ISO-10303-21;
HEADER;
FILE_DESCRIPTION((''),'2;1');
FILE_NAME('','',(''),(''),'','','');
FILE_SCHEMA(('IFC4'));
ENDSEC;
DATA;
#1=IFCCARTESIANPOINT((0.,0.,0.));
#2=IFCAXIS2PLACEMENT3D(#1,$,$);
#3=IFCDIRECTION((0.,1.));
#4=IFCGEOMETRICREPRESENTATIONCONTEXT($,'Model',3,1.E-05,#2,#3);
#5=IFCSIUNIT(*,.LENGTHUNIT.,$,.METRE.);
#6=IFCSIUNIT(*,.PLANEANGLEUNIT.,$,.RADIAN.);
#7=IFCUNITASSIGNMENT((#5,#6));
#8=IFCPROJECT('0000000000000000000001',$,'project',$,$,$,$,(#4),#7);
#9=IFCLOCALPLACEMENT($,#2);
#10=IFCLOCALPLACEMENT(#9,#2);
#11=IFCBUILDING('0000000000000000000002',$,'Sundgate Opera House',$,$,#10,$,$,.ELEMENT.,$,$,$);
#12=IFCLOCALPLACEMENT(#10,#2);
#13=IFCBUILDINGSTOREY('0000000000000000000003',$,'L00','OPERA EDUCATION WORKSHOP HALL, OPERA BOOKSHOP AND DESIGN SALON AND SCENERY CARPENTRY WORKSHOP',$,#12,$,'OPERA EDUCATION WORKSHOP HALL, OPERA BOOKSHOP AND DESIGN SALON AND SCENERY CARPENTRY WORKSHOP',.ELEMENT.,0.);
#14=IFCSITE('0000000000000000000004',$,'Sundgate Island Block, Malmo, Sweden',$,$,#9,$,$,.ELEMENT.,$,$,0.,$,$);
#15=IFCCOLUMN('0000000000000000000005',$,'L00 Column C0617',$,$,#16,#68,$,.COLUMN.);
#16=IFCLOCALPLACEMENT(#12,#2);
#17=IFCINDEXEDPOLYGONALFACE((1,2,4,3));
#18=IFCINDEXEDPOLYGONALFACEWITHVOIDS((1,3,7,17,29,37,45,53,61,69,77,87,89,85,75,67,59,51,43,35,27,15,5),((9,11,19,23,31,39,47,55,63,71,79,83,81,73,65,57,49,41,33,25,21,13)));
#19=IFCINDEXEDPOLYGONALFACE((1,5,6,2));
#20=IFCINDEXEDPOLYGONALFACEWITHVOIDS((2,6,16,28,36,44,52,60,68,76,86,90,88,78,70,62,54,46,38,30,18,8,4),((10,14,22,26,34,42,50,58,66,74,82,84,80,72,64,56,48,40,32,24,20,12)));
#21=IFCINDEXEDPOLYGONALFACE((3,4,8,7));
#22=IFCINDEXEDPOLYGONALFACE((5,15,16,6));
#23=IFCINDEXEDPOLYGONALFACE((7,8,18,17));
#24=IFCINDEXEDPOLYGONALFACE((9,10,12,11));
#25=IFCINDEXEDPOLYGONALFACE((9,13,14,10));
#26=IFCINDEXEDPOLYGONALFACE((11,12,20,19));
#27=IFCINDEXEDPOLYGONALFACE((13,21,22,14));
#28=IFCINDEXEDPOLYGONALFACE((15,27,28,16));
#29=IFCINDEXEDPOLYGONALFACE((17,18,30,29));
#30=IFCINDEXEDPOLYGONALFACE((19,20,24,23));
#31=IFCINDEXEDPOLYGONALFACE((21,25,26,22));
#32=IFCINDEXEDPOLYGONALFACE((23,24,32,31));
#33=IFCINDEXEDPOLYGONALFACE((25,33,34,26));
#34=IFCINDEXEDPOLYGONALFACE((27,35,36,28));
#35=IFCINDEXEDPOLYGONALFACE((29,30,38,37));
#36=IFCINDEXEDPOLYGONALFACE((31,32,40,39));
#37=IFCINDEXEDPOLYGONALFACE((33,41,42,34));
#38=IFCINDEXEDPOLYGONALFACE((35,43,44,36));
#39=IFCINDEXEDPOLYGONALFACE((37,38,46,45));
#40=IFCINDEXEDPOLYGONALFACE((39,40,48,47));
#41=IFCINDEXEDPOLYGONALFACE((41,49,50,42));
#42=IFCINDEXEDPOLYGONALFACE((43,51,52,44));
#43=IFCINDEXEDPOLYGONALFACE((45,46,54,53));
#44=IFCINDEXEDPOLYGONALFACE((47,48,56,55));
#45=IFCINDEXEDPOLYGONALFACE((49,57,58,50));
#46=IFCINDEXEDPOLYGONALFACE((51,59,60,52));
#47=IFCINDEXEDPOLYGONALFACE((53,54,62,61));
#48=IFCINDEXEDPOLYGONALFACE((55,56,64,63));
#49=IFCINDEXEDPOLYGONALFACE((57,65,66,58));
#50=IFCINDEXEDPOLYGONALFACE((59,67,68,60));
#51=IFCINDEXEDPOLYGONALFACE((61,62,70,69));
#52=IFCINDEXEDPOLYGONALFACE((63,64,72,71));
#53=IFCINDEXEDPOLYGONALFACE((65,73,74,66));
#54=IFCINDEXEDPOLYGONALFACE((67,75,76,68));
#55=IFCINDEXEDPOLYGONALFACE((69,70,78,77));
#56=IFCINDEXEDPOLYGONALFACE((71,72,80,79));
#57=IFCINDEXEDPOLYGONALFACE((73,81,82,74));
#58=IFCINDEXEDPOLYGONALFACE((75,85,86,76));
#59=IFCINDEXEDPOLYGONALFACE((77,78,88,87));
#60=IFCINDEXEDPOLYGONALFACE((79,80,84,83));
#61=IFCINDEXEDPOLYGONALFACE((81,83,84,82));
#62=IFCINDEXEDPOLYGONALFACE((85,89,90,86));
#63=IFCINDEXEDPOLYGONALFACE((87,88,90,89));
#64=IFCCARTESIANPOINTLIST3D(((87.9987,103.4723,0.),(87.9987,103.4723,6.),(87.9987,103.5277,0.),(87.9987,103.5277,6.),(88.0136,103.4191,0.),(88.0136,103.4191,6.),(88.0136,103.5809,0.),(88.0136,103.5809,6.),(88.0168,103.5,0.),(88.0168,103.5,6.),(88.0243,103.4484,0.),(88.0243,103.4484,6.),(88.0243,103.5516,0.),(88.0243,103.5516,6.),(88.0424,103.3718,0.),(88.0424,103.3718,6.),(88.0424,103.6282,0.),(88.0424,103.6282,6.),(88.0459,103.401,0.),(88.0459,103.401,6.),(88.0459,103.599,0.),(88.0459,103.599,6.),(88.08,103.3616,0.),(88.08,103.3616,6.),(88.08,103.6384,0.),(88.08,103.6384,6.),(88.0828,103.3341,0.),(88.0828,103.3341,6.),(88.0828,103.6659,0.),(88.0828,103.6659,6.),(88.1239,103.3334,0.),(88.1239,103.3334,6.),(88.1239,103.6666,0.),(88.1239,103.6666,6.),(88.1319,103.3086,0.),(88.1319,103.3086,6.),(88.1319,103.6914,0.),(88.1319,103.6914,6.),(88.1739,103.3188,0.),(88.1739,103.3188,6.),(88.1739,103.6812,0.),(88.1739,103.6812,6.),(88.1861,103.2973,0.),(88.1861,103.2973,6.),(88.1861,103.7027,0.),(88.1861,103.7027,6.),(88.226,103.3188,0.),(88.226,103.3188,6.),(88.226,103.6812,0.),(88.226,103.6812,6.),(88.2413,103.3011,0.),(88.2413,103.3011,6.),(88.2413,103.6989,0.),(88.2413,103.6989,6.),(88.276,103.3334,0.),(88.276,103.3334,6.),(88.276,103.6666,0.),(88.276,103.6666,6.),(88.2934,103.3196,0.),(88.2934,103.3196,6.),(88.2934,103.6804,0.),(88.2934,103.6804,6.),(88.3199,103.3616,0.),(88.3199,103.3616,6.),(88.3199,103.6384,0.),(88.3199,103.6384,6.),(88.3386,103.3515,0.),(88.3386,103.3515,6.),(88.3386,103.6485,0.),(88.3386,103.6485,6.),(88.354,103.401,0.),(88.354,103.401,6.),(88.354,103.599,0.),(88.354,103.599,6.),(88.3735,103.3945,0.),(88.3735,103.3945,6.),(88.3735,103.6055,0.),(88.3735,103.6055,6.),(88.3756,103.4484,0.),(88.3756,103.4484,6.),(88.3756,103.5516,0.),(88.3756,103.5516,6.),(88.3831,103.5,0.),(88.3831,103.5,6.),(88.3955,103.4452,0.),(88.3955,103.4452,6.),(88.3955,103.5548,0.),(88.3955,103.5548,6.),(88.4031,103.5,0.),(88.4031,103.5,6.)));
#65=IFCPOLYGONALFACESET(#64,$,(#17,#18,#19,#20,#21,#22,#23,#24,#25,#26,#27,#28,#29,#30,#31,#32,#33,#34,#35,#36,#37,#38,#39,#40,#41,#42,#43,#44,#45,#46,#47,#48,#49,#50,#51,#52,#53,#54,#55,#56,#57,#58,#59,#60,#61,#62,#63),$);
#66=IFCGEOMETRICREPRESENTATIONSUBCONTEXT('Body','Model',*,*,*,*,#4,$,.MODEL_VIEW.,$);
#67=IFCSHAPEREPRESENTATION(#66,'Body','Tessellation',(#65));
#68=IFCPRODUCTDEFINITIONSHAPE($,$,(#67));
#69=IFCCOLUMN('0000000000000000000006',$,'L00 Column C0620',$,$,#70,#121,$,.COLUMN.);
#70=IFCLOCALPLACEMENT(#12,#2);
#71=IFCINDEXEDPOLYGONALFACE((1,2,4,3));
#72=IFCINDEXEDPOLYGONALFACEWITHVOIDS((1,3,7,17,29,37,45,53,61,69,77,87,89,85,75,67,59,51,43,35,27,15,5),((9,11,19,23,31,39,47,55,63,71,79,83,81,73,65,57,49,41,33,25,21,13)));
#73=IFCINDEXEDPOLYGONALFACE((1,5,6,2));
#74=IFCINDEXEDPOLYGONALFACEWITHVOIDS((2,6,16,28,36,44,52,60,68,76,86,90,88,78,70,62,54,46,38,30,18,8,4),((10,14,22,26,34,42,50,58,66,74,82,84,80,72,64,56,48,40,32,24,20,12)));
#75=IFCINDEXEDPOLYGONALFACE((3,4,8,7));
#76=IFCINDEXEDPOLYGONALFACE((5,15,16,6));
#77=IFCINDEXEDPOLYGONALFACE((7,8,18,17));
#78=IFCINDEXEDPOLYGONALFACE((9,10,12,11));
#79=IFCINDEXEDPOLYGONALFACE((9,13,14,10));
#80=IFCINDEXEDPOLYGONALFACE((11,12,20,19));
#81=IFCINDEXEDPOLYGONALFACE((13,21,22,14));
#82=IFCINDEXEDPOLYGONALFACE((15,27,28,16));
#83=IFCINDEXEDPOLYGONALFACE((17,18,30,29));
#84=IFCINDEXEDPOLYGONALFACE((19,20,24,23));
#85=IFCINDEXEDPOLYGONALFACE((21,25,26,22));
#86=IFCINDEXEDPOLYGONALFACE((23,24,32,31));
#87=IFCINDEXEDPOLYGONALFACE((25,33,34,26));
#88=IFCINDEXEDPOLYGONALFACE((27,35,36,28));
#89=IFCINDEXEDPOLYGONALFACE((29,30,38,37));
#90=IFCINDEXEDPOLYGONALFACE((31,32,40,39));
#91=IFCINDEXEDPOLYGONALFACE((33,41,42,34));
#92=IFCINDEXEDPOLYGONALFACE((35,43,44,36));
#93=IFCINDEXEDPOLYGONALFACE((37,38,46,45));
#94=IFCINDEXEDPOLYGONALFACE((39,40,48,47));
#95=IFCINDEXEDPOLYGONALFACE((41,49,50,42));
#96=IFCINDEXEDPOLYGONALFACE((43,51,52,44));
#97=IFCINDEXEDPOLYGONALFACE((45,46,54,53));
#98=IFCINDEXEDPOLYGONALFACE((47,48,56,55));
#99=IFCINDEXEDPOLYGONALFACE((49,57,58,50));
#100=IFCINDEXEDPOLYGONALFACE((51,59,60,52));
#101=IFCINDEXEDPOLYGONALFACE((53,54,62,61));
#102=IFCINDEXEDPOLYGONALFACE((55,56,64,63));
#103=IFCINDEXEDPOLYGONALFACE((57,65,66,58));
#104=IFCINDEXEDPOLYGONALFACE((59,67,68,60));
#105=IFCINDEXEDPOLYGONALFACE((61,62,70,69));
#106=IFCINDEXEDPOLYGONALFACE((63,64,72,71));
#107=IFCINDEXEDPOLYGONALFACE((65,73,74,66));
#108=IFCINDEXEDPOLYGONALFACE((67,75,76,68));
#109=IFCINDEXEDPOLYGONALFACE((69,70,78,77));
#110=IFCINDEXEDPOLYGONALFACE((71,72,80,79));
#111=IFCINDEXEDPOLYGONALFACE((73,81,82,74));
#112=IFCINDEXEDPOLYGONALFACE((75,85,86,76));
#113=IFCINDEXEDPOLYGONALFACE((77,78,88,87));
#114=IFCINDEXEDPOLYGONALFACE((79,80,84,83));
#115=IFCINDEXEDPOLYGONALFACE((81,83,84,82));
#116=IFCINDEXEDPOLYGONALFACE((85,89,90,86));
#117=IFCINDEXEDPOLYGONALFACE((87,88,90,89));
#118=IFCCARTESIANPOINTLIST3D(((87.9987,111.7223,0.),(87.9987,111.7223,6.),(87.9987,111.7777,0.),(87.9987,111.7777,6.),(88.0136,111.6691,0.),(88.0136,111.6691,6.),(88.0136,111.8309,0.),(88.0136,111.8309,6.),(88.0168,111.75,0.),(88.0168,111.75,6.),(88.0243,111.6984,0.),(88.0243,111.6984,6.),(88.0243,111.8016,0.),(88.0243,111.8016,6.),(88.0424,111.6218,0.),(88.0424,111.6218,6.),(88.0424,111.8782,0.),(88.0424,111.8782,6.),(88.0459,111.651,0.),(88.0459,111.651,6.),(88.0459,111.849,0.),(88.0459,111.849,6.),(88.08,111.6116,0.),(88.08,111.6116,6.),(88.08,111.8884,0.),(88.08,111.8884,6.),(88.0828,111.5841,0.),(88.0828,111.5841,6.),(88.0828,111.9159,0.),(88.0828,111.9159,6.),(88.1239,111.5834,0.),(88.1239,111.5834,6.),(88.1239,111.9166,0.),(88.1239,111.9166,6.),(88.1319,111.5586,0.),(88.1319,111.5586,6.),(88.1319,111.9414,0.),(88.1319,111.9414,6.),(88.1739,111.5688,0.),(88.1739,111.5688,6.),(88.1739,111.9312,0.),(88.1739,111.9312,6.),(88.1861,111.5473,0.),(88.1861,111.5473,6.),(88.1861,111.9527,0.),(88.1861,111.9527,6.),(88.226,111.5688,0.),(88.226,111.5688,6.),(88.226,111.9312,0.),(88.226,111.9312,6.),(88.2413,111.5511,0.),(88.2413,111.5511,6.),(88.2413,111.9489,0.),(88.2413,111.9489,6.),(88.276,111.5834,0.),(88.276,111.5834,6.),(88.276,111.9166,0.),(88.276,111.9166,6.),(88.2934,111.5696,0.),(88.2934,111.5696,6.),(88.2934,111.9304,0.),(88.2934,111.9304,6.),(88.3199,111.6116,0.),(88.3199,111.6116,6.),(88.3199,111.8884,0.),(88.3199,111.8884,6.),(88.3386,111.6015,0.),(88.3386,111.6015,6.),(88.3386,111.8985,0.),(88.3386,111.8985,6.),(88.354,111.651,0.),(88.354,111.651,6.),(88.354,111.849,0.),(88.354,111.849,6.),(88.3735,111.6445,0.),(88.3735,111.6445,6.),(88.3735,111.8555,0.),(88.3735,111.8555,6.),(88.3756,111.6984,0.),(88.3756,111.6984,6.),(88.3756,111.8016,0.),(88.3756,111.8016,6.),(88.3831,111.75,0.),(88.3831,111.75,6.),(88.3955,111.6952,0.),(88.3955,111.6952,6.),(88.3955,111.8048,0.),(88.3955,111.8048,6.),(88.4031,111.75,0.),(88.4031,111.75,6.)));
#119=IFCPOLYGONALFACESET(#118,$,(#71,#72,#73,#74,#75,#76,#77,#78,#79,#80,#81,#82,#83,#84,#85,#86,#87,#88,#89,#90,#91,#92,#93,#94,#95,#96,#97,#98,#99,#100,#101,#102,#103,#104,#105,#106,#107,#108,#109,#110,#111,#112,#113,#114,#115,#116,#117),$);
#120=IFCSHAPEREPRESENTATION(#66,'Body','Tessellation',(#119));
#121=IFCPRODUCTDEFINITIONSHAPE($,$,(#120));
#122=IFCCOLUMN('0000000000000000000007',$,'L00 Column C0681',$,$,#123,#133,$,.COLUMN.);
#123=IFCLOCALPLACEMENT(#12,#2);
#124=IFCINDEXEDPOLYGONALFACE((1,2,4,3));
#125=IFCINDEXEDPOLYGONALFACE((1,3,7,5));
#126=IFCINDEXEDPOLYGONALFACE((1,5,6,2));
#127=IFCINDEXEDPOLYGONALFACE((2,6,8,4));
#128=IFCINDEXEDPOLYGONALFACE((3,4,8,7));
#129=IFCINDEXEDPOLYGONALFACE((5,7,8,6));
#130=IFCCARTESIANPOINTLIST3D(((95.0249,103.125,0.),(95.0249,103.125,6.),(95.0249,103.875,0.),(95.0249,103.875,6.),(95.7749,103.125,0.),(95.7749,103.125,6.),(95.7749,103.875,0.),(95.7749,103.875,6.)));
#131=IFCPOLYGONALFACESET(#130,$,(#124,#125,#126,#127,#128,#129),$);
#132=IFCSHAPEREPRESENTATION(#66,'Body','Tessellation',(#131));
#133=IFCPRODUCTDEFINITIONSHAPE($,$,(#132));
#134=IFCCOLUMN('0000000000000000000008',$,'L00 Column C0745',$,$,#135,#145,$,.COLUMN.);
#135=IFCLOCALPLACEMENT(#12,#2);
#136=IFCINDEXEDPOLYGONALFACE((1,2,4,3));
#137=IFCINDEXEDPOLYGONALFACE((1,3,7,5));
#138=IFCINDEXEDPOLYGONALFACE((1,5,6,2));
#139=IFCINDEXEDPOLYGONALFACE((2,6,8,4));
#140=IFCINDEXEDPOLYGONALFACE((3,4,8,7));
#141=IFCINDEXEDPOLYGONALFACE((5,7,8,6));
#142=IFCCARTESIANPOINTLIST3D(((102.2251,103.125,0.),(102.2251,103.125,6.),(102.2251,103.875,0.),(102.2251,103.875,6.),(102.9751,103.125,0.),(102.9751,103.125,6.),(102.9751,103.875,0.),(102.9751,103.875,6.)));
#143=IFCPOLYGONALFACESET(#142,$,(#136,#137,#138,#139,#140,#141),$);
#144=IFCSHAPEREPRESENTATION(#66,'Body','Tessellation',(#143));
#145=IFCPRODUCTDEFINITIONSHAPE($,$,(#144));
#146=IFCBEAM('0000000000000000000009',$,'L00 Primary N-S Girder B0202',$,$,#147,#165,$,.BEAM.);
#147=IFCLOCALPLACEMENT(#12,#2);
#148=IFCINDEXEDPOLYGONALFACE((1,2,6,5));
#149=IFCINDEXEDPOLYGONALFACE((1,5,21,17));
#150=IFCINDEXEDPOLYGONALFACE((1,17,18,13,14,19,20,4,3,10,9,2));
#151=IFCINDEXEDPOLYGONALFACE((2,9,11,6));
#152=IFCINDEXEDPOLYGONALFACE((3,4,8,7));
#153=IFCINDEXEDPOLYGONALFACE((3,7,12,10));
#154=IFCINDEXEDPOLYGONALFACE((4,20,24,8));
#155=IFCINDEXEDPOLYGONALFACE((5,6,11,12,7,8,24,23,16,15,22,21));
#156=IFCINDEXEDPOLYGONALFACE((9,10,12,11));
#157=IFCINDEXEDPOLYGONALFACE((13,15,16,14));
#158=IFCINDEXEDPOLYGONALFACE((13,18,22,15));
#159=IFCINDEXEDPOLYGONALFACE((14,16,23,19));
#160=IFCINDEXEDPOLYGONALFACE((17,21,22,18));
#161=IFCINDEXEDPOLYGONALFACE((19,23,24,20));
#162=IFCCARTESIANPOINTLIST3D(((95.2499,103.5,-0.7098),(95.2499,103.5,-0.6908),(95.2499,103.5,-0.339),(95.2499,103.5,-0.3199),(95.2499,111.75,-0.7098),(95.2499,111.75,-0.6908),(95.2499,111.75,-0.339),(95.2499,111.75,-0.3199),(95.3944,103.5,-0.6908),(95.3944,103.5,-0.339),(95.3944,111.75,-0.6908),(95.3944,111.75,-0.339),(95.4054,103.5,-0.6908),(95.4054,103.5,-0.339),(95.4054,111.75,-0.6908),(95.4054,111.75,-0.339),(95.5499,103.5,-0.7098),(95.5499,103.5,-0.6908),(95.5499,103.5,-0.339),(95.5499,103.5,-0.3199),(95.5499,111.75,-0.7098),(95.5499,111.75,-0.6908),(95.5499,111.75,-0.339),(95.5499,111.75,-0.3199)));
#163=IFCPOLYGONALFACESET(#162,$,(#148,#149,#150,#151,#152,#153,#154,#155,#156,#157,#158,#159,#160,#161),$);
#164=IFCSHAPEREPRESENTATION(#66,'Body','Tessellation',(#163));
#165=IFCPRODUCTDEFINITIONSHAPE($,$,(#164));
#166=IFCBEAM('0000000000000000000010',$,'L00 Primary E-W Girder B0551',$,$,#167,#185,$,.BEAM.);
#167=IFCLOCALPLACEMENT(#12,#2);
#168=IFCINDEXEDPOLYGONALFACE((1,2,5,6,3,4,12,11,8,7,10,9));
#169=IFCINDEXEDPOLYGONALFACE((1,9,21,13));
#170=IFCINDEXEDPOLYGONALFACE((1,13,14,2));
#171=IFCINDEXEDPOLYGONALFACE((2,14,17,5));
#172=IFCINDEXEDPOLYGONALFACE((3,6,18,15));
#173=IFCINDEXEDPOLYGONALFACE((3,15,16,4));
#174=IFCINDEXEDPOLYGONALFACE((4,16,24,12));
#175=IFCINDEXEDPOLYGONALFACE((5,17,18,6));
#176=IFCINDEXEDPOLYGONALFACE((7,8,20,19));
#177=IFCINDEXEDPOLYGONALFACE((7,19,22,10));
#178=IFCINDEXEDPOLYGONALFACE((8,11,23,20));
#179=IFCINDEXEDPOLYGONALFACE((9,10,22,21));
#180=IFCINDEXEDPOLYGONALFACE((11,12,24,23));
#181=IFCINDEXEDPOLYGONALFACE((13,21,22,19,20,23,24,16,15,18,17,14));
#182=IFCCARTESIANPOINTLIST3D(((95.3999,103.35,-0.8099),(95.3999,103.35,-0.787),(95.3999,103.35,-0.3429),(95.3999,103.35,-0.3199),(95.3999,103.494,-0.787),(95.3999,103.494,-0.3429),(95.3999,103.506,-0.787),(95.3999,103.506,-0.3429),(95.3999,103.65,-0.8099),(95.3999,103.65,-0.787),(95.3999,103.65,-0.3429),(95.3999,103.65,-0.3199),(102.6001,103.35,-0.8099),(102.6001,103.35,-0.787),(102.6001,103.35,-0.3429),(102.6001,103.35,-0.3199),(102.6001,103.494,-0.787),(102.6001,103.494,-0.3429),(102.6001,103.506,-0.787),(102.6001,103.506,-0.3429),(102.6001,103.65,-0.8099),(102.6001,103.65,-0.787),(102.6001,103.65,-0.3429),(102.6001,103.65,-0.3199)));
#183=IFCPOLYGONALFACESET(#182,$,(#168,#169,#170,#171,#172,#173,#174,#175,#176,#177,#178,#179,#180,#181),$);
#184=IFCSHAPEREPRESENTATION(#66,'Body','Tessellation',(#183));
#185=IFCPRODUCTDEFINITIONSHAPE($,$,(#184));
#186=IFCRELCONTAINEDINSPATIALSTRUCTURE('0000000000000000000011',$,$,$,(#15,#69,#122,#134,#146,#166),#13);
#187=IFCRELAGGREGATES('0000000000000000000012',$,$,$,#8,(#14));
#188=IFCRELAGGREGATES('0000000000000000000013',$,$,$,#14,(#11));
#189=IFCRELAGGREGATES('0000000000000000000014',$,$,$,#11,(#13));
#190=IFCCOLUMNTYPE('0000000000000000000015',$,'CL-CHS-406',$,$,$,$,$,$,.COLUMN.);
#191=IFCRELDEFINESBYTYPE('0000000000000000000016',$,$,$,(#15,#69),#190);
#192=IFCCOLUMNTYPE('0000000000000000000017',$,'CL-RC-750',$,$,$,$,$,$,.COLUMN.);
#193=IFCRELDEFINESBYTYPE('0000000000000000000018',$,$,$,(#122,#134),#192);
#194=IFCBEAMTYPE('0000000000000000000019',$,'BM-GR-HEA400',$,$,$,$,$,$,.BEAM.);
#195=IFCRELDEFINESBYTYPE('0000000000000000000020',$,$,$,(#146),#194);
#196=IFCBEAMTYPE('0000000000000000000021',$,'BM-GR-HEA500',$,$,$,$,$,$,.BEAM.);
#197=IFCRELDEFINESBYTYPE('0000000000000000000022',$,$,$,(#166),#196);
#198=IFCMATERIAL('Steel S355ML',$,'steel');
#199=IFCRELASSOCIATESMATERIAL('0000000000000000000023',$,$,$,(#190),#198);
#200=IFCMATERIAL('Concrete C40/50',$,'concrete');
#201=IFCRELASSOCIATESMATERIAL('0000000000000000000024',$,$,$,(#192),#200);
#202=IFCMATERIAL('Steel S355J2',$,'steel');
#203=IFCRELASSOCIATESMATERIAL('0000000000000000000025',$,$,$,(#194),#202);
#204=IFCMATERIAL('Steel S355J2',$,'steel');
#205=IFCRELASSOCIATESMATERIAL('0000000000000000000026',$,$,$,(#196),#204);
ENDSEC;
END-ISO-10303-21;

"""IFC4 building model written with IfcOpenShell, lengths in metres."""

from ifc_helpers import new_model, si_unit, direction, frame, origin, origin_2d, place, context, subcontext, project, spatial, rectangle, hollow_circle, i_section, extrude, material, material_profile, profile_set, type_object, element, save


model = new_model("IFC4")

# Units and contexts
model_context = context("Model", 3, precision=1e-05, world=origin(), true_north=direction((0.0, 1.0)))
body_context = subcontext(model_context, "Body", "Model", "MODEL_VIEW")
ifc_project = project(units=[si_unit("LENGTHUNIT", "METRE"), si_unit("PLANEANGLEUNIT", "RADIAN")], contexts=[model_context])

# Site, building, storey
site_placement = place(None, origin())
site = spatial("IfcSite", under=ifc_project, at=site_placement, Name="Sundgate Island Block, Malmo, Sweden", CompositionType="ELEMENT", RefElevation=0.0)
building_placement = place(site_placement, origin())
building = spatial("IfcBuilding", under=site, at=building_placement, Name="Sundgate Opera House", CompositionType="ELEMENT")
storey_placement = place(building_placement, origin())
storey = spatial("IfcBuildingStorey", under=building, at=storey_placement, Name="L00", Description="OPERA EDUCATION WORKSHOP HALL, OPERA BOOKSHOP AND DESIGN SALON AND SCENERY CARPENTRY WORKSHOP", LongName="OPERA EDUCATION WORKSHOP HALL, OPERA BOOKSHOP AND DESIGN SALON AND SCENERY CARPENTRY WORKSHOP", CompositionType="ELEMENT", Elevation=0.0)

# Columns
ifc_material_1 = material(Name="Steel S355ML", Category="steel")
ifc_material_profile_1 = material_profile(ifc_material_1, hollow_circle(Radius=0.2031, WallThickness=0.02, at=origin_2d()), Name="CHS 406.4x20.0")
ifc_profile_set_1 = profile_set([ifc_material_profile_1], Name="Steel S355ML")
column_type_1 = type_object("IfcColumnType", Name="CL-CHS-406", PredefinedType="COLUMN", material=ifc_profile_set_1)
for number, where, z_axis, x_axis, name in (
    (1, (88.2, 103.5, 0.0), (0.0, 0.0, 1.0), (1.0, 0.0, 0.0), "L00 Column C0617"),
    (2, (88.2, 111.75, 0.0), (0.0, 0.0, 1.0), (1.0, 0.0, 0.0), "L00 Column C0620"),
):
    element("IfcColumn", number, at=place(storey_placement, frame(where, z_axis=z_axis, x_axis=x_axis)), inside=storey, type_object=column_type_1, Name=name, PredefinedType="COLUMN", context=body_context, shape_type="SweptSolid", body=[
        extrude(hollow_circle(Radius=0.2031, WallThickness=0.02, at=origin_2d()), origin(), (0.0, 0.0, 1.0), 6.0),
    ])
ifc_material_2 = material(Name="Concrete C40/50", Category="concrete")
ifc_material_profile_2 = material_profile(ifc_material_2, rectangle(XDim=0.75, YDim=0.75, at=origin_2d()), Name="RC 750x750")
ifc_profile_set_2 = profile_set([ifc_material_profile_2], Name="Concrete C40/50")
column_type_2 = type_object("IfcColumnType", Name="CL-RC-750", PredefinedType="COLUMN", material=ifc_profile_set_2)
for number, where, z_axis, x_axis, name in (
    (3, (95.3999, 103.5, 0.0), (0.0, 0.0, 1.0), (1.0, 0.0, 0.0), "L00 Column C0681"),
    (4, (102.6001, 103.5, 0.0), (0.0, 0.0, 1.0), (1.0, 0.0, 0.0), "L00 Column C0745"),
):
    element("IfcColumn", number, at=place(storey_placement, frame(where, z_axis=z_axis, x_axis=x_axis)), inside=storey, type_object=column_type_2, Name=name, PredefinedType="COLUMN", context=body_context, shape_type="SweptSolid", body=[
        extrude(rectangle(XDim=0.75, YDim=0.75, at=origin_2d()), origin(), (0.0, 0.0, 1.0), 6.0),
    ])

# Beams
ifc_material_3 = material(Name="Steel S355J2", Category="steel")
ifc_material_profile_3 = material_profile(ifc_material_3, i_section(OverallWidth=0.3, OverallDepth=0.3899, WebThickness=0.011, FlangeThickness=0.019, at=origin_2d()), Name="HEA 400")
ifc_profile_set_3 = profile_set([ifc_material_profile_3], Name="Steel S355J2")
beam_type_1 = type_object("IfcBeamType", Name="BM-GR-HEA400", PredefinedType="BEAM", material=ifc_profile_set_3)
beam_1_placement = place(storey_placement, frame((95.3999, 103.5, -0.5149), z_axis=(0.0, 1.0, 0.0), x_axis=(-1.0, 0.0, 0.0)))
element("IfcBeam", 5, at=beam_1_placement, inside=storey, type_object=beam_type_1, Name="L00 Primary N-S Girder B0202", PredefinedType="BEAM", context=body_context, shape_type="SweptSolid", body=[
    extrude(i_section(OverallWidth=0.3, OverallDepth=0.3899, WebThickness=0.011, FlangeThickness=0.019, at=origin_2d()), origin(), (0.0, 0.0, 1.0), 8.25),
])
ifc_material_4 = material(Name="Steel S355J2", Category="steel")
ifc_material_profile_4 = material_profile(ifc_material_4, i_section(OverallWidth=0.3, OverallDepth=0.49, WebThickness=0.012, FlangeThickness=0.0229, at=origin_2d()), Name="HEA 500")
ifc_profile_set_4 = profile_set([ifc_material_profile_4], Name="Steel S355J2")
beam_type_2 = type_object("IfcBeamType", Name="BM-GR-HEA500", PredefinedType="BEAM", material=ifc_profile_set_4)
beam_2_placement = place(storey_placement, frame((95.3999, 103.5, -0.5649), z_axis=(1.0, 0.0, 0.0), x_axis=(0.0, 1.0, 0.0)))
element("IfcBeam", 6, at=beam_2_placement, inside=storey, type_object=beam_type_2, Name="L00 Primary E-W Girder B0551", PredefinedType="BEAM", context=body_context, shape_type="SweptSolid", body=[
    extrude(i_section(OverallWidth=0.3, OverallDepth=0.49, WebThickness=0.012, FlangeThickness=0.0229, at=origin_2d()), origin(), (0.0, 0.0, 1.0), 7.2002),
])

save(model, "model.ifc")
